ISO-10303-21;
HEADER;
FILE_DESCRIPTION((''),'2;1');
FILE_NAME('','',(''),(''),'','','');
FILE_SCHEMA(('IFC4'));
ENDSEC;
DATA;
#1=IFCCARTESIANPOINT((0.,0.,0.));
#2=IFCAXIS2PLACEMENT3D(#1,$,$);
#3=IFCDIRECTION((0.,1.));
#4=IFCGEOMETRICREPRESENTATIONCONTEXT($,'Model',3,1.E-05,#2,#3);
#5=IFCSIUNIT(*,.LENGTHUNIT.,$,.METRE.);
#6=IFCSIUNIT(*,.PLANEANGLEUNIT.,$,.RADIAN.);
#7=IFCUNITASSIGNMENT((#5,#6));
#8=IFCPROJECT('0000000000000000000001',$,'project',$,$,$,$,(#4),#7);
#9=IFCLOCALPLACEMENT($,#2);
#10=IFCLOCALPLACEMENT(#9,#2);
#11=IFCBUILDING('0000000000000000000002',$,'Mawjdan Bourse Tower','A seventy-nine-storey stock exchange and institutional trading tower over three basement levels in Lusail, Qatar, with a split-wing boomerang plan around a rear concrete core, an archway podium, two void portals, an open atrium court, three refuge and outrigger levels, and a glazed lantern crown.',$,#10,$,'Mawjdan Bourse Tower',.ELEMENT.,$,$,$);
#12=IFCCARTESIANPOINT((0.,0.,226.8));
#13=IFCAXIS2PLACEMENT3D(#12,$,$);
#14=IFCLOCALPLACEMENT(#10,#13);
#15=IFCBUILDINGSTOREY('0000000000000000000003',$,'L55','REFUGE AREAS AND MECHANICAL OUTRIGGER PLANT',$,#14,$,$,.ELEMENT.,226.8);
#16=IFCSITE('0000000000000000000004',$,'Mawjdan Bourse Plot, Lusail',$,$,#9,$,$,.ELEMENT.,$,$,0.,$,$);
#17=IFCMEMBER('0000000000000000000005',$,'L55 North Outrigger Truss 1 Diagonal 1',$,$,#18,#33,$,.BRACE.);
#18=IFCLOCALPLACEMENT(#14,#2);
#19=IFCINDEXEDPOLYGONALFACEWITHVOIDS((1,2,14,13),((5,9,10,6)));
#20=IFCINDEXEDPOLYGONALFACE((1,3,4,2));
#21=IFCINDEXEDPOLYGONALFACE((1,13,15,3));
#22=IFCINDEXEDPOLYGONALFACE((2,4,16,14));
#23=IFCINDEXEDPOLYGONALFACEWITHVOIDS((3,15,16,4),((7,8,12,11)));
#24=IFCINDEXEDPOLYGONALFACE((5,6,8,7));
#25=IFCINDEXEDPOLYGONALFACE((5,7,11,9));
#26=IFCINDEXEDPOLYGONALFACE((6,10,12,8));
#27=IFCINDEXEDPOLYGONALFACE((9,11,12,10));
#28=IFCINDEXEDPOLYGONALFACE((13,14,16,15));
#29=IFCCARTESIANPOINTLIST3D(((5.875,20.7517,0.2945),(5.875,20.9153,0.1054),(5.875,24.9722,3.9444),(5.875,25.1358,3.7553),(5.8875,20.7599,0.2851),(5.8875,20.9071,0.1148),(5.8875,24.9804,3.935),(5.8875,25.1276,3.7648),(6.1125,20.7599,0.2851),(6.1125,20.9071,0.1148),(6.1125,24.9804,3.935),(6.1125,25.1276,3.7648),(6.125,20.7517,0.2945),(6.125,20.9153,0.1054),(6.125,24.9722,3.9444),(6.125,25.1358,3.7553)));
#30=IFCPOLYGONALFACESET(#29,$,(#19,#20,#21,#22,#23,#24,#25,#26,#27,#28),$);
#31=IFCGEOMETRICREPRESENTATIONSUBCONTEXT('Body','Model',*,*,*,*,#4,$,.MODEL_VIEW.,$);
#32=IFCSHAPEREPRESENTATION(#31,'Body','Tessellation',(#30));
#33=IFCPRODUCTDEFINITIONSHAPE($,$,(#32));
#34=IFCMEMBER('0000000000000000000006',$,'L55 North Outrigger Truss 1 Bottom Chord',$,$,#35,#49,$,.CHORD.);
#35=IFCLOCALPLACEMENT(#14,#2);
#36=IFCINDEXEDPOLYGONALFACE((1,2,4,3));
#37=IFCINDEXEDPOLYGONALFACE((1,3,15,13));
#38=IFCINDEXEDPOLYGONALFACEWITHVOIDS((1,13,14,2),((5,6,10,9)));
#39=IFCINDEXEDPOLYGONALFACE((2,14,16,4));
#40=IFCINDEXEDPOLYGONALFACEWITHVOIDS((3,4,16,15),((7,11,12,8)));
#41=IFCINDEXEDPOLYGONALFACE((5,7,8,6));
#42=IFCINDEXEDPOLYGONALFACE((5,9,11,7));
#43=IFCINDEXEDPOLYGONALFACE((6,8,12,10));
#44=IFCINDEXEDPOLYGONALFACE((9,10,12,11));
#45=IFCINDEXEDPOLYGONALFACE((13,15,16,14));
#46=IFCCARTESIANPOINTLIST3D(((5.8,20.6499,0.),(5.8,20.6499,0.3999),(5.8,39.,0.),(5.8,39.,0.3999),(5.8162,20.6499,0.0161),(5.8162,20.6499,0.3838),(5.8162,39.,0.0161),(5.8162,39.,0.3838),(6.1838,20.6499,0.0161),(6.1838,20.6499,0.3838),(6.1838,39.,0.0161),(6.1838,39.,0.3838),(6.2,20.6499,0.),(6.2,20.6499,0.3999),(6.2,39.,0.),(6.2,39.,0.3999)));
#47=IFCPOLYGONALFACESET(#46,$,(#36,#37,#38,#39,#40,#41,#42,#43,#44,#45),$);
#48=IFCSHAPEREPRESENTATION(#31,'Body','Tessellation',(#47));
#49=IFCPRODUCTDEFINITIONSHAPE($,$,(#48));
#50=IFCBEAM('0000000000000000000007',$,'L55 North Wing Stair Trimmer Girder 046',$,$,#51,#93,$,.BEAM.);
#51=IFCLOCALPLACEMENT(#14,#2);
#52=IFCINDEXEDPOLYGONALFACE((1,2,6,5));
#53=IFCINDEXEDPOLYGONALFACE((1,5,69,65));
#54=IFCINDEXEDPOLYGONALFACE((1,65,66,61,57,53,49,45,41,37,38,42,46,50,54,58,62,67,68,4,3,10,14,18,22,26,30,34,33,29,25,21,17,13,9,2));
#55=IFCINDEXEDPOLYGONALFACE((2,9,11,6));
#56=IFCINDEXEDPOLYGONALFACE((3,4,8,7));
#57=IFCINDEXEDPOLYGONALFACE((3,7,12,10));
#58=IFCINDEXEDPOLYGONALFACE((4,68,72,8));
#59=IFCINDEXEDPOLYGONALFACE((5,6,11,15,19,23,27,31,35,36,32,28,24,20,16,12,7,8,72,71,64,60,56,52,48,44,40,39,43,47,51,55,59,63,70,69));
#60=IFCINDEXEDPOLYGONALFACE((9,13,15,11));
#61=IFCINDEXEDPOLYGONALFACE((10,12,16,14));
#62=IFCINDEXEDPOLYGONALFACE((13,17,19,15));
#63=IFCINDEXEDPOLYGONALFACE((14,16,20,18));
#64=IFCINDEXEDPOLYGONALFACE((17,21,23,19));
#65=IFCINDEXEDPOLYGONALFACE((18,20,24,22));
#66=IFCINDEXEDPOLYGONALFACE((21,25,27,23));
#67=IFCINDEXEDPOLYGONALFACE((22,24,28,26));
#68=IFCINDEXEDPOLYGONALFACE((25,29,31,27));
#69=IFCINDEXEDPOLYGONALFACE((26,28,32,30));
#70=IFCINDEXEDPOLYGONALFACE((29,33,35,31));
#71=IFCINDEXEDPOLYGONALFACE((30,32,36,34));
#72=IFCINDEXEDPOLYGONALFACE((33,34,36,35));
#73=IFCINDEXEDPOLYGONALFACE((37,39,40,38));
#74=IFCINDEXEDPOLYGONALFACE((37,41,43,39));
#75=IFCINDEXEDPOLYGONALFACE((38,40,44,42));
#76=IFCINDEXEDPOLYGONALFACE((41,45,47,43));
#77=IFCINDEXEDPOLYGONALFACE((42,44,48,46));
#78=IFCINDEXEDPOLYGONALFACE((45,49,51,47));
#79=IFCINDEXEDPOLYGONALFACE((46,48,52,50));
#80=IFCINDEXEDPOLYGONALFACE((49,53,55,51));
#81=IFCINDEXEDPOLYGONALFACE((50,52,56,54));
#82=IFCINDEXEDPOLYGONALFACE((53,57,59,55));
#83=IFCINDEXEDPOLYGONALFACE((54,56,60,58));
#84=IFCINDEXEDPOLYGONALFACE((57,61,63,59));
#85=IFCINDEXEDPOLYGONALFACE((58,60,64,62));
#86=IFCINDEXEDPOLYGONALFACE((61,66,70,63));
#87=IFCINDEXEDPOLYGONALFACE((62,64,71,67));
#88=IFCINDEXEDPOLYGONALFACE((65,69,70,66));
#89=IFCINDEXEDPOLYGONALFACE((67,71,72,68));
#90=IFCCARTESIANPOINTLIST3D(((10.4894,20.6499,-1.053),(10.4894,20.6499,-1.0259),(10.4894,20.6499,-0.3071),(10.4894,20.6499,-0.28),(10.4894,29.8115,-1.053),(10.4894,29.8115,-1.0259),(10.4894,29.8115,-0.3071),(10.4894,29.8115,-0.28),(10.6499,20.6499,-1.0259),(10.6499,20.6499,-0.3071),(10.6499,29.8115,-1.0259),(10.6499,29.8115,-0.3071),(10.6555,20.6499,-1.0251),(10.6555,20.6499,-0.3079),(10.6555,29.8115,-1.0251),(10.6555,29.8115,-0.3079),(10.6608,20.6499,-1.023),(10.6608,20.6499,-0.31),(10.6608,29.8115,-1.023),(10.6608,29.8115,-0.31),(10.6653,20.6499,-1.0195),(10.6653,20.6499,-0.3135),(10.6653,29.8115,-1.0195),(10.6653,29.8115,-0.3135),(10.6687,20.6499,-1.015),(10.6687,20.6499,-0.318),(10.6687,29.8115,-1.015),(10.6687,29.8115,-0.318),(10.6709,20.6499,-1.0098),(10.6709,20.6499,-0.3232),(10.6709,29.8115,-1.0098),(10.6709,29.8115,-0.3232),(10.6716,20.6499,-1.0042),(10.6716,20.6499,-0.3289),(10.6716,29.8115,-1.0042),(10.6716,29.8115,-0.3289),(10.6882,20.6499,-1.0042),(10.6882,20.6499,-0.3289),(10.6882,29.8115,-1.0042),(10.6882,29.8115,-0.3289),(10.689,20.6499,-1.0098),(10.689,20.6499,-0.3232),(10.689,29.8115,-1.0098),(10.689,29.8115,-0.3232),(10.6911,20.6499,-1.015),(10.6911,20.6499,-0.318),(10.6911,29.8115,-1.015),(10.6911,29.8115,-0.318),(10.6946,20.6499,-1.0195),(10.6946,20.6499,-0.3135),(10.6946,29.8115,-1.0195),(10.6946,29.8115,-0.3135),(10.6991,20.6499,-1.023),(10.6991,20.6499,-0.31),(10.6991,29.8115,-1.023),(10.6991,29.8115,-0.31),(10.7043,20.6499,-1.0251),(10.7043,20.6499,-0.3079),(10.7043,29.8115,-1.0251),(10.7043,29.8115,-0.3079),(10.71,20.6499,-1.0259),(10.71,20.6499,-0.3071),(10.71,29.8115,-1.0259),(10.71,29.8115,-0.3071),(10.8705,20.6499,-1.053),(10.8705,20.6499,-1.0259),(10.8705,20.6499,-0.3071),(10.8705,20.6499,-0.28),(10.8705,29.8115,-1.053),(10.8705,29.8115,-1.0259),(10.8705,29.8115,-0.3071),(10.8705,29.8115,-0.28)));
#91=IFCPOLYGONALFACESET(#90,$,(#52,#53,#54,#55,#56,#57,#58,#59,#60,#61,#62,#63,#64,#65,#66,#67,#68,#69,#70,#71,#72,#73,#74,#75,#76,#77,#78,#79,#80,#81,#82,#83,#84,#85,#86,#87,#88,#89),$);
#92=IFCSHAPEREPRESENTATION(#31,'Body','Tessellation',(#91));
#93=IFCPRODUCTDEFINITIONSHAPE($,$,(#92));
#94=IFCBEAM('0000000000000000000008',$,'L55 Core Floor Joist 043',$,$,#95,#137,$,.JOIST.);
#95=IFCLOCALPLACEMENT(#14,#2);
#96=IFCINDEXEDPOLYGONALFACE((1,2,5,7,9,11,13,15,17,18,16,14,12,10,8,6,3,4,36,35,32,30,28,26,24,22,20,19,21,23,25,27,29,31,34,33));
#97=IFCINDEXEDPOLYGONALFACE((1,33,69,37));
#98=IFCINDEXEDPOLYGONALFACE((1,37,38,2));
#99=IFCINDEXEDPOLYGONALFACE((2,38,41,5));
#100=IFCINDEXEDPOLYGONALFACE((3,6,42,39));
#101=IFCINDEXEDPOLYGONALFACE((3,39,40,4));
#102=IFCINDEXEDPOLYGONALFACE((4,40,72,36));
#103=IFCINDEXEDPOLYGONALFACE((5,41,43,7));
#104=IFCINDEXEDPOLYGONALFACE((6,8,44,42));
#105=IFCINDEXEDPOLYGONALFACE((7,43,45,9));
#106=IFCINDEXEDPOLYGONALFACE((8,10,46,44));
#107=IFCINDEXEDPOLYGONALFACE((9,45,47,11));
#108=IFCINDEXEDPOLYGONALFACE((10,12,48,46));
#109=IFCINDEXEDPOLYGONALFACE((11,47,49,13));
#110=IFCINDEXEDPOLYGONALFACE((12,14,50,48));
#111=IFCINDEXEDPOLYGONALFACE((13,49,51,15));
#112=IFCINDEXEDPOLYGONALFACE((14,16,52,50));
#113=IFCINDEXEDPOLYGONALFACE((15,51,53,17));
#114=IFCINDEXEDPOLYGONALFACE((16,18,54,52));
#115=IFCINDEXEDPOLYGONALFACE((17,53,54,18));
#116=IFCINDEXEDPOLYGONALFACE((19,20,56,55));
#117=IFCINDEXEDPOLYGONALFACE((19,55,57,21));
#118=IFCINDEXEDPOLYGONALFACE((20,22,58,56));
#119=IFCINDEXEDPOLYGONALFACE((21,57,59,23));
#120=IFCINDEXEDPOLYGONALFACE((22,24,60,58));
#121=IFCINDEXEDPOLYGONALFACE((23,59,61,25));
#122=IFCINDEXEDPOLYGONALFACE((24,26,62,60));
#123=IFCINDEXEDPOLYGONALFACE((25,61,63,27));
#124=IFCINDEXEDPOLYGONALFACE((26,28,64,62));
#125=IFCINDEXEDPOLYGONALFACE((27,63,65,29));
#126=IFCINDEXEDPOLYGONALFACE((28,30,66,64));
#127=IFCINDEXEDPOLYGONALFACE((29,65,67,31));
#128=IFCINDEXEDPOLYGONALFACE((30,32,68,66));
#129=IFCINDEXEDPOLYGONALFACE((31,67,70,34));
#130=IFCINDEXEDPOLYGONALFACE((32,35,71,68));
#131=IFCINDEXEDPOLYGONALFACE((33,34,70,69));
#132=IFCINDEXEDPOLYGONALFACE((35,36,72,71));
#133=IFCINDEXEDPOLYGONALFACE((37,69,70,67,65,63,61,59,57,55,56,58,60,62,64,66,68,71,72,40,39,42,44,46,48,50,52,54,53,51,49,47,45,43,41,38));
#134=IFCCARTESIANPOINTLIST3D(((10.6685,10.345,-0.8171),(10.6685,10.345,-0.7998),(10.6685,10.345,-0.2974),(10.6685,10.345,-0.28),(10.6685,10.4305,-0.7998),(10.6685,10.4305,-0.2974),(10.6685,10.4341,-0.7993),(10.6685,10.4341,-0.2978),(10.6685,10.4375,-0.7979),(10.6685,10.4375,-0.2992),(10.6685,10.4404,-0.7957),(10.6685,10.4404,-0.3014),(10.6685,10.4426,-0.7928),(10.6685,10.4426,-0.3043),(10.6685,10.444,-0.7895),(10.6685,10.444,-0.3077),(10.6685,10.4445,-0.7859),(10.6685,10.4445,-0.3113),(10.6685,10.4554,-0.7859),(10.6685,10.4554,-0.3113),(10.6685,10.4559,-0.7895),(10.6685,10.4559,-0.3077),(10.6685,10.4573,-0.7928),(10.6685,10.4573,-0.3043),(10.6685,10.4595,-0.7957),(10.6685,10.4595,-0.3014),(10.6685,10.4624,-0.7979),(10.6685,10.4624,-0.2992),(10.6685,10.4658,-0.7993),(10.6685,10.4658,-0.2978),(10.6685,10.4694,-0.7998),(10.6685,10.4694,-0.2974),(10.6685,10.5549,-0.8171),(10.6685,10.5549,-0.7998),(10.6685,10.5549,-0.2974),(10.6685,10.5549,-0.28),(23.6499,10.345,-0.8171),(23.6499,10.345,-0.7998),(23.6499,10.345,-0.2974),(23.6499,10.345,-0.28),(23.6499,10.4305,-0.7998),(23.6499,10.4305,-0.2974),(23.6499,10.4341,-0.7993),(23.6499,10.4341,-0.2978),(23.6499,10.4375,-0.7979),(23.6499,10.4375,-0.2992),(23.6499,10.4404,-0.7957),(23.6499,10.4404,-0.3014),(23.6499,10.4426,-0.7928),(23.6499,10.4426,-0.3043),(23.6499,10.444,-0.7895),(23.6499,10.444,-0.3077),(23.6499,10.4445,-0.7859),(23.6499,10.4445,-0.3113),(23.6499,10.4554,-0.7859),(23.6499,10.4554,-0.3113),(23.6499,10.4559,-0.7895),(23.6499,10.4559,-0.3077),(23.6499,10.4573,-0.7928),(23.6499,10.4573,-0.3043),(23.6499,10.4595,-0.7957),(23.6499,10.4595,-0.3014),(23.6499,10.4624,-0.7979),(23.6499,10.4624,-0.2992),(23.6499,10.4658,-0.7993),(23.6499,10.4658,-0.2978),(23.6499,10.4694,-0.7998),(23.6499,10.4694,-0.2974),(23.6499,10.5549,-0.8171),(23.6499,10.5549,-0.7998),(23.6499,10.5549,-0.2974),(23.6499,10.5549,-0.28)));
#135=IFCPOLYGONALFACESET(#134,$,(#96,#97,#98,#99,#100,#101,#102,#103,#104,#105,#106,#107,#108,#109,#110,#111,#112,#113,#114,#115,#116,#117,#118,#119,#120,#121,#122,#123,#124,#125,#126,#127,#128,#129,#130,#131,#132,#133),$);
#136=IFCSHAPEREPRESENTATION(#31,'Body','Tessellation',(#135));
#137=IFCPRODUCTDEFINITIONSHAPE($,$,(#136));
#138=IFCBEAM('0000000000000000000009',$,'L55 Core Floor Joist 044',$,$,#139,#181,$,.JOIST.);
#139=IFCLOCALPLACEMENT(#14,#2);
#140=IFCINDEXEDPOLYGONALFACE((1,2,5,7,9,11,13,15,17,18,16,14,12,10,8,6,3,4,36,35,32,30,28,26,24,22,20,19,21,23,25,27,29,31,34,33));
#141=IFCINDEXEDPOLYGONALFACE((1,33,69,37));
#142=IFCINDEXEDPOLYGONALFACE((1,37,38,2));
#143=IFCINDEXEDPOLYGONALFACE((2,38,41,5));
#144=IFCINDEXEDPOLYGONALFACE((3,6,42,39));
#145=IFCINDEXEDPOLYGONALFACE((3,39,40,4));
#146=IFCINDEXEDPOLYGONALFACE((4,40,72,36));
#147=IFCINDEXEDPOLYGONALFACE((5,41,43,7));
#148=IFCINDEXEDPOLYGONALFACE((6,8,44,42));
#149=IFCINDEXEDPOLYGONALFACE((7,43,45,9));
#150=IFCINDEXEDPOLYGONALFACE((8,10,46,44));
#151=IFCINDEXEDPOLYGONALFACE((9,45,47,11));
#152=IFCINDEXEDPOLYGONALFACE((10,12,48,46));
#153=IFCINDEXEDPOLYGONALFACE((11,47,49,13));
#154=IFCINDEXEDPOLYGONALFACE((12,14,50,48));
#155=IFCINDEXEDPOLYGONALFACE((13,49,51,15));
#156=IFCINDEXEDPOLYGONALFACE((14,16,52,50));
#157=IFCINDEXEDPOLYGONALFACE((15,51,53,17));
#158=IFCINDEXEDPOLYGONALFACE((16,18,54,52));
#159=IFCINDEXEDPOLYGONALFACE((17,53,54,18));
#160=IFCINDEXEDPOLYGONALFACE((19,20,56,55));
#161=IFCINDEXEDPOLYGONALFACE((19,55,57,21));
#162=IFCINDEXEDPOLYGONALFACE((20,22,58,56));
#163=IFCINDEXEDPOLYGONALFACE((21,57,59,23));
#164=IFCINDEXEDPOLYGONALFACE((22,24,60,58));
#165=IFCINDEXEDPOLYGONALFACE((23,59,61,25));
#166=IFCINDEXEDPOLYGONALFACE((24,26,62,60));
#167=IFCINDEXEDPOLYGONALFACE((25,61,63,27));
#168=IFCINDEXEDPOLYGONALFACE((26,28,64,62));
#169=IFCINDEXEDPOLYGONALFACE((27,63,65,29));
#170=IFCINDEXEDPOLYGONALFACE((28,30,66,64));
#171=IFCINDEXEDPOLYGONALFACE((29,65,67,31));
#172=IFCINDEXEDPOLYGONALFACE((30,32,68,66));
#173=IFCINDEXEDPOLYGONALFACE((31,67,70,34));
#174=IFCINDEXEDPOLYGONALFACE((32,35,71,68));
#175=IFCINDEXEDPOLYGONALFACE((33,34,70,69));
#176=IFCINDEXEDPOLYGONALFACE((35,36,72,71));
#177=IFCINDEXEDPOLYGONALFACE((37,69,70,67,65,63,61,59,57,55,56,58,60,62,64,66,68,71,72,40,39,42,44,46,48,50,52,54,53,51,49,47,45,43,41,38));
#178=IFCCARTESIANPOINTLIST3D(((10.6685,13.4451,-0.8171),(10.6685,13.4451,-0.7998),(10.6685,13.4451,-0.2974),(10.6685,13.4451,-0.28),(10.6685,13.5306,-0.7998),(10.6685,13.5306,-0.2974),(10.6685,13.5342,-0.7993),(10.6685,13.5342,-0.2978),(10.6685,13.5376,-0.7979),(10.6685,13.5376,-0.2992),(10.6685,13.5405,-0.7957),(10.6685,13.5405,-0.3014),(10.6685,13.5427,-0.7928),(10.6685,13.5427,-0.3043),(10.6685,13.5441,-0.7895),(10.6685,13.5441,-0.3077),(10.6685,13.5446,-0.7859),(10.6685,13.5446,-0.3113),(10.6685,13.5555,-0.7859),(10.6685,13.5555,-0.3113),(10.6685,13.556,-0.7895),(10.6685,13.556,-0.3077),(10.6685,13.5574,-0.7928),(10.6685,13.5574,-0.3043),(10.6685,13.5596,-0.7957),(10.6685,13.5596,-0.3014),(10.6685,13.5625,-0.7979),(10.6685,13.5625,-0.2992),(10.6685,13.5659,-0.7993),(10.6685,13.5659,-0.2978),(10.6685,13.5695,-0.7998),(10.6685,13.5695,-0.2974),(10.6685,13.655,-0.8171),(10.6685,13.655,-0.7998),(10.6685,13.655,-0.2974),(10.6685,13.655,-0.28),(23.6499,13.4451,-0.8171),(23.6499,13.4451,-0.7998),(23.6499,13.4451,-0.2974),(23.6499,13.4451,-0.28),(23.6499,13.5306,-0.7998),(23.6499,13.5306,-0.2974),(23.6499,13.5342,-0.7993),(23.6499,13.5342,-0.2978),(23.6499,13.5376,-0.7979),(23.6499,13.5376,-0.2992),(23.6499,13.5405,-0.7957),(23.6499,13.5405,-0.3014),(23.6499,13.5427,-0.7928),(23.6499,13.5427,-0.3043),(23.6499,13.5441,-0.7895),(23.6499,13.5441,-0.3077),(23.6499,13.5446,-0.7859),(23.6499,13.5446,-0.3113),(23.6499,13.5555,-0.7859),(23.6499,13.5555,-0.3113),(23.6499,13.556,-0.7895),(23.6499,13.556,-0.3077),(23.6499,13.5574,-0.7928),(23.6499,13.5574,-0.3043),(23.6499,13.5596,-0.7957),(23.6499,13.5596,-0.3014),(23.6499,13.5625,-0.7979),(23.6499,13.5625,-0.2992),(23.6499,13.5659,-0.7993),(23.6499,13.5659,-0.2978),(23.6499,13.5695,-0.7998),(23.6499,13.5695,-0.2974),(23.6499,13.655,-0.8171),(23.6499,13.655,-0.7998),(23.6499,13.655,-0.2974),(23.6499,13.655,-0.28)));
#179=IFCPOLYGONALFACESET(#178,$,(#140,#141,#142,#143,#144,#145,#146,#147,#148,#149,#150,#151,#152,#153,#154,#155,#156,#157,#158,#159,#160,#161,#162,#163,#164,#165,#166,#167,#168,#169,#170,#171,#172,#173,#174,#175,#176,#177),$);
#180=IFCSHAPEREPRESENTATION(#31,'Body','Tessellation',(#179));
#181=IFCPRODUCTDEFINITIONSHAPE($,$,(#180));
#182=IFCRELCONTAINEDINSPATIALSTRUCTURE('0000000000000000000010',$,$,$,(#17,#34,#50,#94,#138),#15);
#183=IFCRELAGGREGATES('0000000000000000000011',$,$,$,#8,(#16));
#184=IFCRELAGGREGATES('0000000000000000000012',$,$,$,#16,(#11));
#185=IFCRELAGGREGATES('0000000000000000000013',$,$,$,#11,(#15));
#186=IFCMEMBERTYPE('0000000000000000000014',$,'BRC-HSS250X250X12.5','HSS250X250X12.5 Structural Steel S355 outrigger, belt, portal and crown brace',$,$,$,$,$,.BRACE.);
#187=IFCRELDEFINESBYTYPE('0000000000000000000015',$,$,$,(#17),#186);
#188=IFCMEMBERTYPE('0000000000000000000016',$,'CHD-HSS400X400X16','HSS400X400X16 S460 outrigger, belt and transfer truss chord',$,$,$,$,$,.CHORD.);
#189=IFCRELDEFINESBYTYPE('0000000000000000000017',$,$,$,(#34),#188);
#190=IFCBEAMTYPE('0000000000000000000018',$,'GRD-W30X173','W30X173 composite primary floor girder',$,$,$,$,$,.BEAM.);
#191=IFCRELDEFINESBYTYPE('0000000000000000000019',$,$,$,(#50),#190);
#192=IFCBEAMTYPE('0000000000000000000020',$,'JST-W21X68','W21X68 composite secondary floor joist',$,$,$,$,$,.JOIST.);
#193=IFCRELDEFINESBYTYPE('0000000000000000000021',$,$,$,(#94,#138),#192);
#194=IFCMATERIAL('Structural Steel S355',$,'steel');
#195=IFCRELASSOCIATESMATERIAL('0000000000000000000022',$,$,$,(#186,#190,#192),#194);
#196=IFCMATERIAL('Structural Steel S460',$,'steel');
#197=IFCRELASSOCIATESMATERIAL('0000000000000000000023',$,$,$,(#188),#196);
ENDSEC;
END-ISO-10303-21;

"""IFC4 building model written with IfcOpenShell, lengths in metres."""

from ifc_helpers import new_model, si_unit, direction, frame, origin, origin_2d, place, context, subcontext, project, spatial, hollow_rectangle, i_section, extrude, material, material_profile, profile_set, type_object, element, save


model = new_model("IFC4")

# Units and contexts
model_context = context("Model", 3, precision=1e-05, world=origin(), true_north=direction((0.0, 1.0)))
body_context = subcontext(model_context, "Body", "Model", "MODEL_VIEW")
ifc_project = project(units=[si_unit("LENGTHUNIT", "METRE"), si_unit("PLANEANGLEUNIT", "RADIAN")], contexts=[model_context])

# Site, building, storey
site_placement = place(None, origin())
site = spatial("IfcSite", under=ifc_project, at=site_placement, Name="Mawjdan Bourse Plot, Lusail", CompositionType="ELEMENT", RefElevation=0.0)
building_placement = place(site_placement, origin())
building = spatial("IfcBuilding", under=site, at=building_placement, Name="Mawjdan Bourse Tower", Description="A seventy-nine-storey stock exchange and institutional trading tower over three basement levels in Lusail, Qatar, with a split-wing boomerang plan around a rear concrete core, an archway podium, two void portals, an open atrium court, three refuge and outrigger levels, and a glazed lantern crown.", LongName="Mawjdan Bourse Tower", CompositionType="ELEMENT")
storey_placement = place(building_placement, frame((0.0, 0.0, 226.8)))
storey = spatial("IfcBuildingStorey", under=building, at=storey_placement, Name="L55", Description="REFUGE AREAS AND MECHANICAL OUTRIGGER PLANT", CompositionType="ELEMENT", Elevation=226.8)

# Members
ifc_material_1 = material(Name="Structural Steel S355", Category="steel")
ifc_material_profile_1 = material_profile(ifc_material_1, hollow_rectangle(XDim=0.25, YDim=0.25, WallThickness=0.0125, at=origin_2d()), Name="HSS250X250X12.5")
ifc_profile_set_1 = profile_set([ifc_material_profile_1], Name="Structural Steel S355")
member_type_1 = type_object("IfcMemberType", Name="BRC-HSS250X250X12.5", Description="HSS250X250X12.5 Structural Steel S355 outrigger, belt, portal and crown brace", PredefinedType="BRACE", material=ifc_profile_set_1)
member_1_placement = place(storey_placement, frame((6.0, 20.8335, 0.2), z_axis=(0.0, 0.756383, 0.654129), x_axis=(-1.0, 0.0, 0.0)))
element("IfcMember", 1, at=member_1_placement, inside=storey, type_object=member_type_1, Name="L55 North Outrigger Truss 1 Diagonal 1", PredefinedType="BRACE", context=body_context, shape_type="SweptSolid", body=[
    extrude(hollow_rectangle(XDim=0.25, YDim=0.25, WallThickness=0.0125, at=origin_2d()), origin(), (0.0, 0.0, 1.0), 5.5798),
])
ifc_material_2 = material(Name="Structural Steel S460", Category="steel")
ifc_material_profile_2 = material_profile(ifc_material_2, hollow_rectangle(XDim=0.3999, YDim=0.3999, WallThickness=0.0161, at=origin_2d()), Name="HSS400X400X16")
ifc_profile_set_2 = profile_set([ifc_material_profile_2], Name="Structural Steel S460")
member_type_2 = type_object("IfcMemberType", Name="CHD-HSS400X400X16", Description="HSS400X400X16 S460 outrigger, belt and transfer truss chord", PredefinedType="CHORD", material=ifc_profile_set_2)
member_2_placement = place(storey_placement, frame((6.0, 20.6499, 0.2), z_axis=(0.0, 1.0, 0.0), x_axis=(-1.0, 0.0, 0.0)))
element("IfcMember", 2, at=member_2_placement, inside=storey, type_object=member_type_2, Name="L55 North Outrigger Truss 1 Bottom Chord", PredefinedType="CHORD", context=body_context, shape_type="SweptSolid", body=[
    extrude(hollow_rectangle(XDim=0.3999, YDim=0.3999, WallThickness=0.0161, at=origin_2d()), origin(), (0.0, 0.0, 1.0), 18.3501),
])

# Beams
ifc_material_profile_3 = material_profile(ifc_material_1, i_section(OverallWidth=0.3811, OverallDepth=0.7729, WebThickness=0.0166, FlangeThickness=0.0271, FilletRadius=0.0217, at=origin_2d()), Name="W30X173")
ifc_profile_set_3 = profile_set([ifc_material_profile_3], Name="Structural Steel S355")
beam_type_1 = type_object("IfcBeamType", Name="GRD-W30X173", Description="W30X173 composite primary floor girder", PredefinedType="BEAM", material=ifc_profile_set_3)
beam_1_placement = place(storey_placement, frame((10.6799, 20.6499, -0.6665), z_axis=(0.0, 1.0, 0.0), x_axis=(-1.0, 0.0, 0.0)))
element("IfcBeam", 3, at=beam_1_placement, inside=storey, type_object=beam_type_1, Name="L55 North Wing Stair Trimmer Girder 046", PredefinedType="BEAM", context=body_context, shape_type="SweptSolid", body=[
    extrude(i_section(OverallWidth=0.3811, OverallDepth=0.7729, WebThickness=0.0166, FlangeThickness=0.0271, FilletRadius=0.0217, at=origin_2d()), origin(), (0.0, 0.0, 1.0), 9.1616),
])
ifc_material_profile_4 = material_profile(ifc_material_1, i_section(OverallWidth=0.21, OverallDepth=0.5371, WebThickness=0.011, FlangeThickness=0.0173, FilletRadius=0.0139, at=origin_2d()), Name="W21X68")
ifc_profile_set_4 = profile_set([ifc_material_profile_4], Name="Structural Steel S355")
beam_type_2 = type_object("IfcBeamType", Name="JST-W21X68", Description="W21X68 composite secondary floor joist", PredefinedType="JOIST", material=ifc_profile_set_4)
for number, where, z_axis, x_axis, name in (
    (4, (10.6685, 10.45, -0.5486), (1.0, 0.0, 0.0), (0.0, 1.0, 0.0), "L55 Core Floor Joist 043"),
    (5, (10.6685, 13.55, -0.5486), (1.0, 0.0, 0.0), (0.0, 1.0, 0.0), "L55 Core Floor Joist 044"),
):
    element("IfcBeam", number, at=place(storey_placement, frame(where, z_axis=z_axis, x_axis=x_axis)), inside=storey, type_object=beam_type_2, Name=name, PredefinedType="JOIST", context=body_context, shape_type="SweptSolid", body=[
        extrude(i_section(OverallWidth=0.21, OverallDepth=0.5371, WebThickness=0.011, FlangeThickness=0.0173, FilletRadius=0.0139, at=origin_2d()), origin(), (0.0, 0.0, 1.0), 12.9814),
    ])

save(model, "model.ifc")
